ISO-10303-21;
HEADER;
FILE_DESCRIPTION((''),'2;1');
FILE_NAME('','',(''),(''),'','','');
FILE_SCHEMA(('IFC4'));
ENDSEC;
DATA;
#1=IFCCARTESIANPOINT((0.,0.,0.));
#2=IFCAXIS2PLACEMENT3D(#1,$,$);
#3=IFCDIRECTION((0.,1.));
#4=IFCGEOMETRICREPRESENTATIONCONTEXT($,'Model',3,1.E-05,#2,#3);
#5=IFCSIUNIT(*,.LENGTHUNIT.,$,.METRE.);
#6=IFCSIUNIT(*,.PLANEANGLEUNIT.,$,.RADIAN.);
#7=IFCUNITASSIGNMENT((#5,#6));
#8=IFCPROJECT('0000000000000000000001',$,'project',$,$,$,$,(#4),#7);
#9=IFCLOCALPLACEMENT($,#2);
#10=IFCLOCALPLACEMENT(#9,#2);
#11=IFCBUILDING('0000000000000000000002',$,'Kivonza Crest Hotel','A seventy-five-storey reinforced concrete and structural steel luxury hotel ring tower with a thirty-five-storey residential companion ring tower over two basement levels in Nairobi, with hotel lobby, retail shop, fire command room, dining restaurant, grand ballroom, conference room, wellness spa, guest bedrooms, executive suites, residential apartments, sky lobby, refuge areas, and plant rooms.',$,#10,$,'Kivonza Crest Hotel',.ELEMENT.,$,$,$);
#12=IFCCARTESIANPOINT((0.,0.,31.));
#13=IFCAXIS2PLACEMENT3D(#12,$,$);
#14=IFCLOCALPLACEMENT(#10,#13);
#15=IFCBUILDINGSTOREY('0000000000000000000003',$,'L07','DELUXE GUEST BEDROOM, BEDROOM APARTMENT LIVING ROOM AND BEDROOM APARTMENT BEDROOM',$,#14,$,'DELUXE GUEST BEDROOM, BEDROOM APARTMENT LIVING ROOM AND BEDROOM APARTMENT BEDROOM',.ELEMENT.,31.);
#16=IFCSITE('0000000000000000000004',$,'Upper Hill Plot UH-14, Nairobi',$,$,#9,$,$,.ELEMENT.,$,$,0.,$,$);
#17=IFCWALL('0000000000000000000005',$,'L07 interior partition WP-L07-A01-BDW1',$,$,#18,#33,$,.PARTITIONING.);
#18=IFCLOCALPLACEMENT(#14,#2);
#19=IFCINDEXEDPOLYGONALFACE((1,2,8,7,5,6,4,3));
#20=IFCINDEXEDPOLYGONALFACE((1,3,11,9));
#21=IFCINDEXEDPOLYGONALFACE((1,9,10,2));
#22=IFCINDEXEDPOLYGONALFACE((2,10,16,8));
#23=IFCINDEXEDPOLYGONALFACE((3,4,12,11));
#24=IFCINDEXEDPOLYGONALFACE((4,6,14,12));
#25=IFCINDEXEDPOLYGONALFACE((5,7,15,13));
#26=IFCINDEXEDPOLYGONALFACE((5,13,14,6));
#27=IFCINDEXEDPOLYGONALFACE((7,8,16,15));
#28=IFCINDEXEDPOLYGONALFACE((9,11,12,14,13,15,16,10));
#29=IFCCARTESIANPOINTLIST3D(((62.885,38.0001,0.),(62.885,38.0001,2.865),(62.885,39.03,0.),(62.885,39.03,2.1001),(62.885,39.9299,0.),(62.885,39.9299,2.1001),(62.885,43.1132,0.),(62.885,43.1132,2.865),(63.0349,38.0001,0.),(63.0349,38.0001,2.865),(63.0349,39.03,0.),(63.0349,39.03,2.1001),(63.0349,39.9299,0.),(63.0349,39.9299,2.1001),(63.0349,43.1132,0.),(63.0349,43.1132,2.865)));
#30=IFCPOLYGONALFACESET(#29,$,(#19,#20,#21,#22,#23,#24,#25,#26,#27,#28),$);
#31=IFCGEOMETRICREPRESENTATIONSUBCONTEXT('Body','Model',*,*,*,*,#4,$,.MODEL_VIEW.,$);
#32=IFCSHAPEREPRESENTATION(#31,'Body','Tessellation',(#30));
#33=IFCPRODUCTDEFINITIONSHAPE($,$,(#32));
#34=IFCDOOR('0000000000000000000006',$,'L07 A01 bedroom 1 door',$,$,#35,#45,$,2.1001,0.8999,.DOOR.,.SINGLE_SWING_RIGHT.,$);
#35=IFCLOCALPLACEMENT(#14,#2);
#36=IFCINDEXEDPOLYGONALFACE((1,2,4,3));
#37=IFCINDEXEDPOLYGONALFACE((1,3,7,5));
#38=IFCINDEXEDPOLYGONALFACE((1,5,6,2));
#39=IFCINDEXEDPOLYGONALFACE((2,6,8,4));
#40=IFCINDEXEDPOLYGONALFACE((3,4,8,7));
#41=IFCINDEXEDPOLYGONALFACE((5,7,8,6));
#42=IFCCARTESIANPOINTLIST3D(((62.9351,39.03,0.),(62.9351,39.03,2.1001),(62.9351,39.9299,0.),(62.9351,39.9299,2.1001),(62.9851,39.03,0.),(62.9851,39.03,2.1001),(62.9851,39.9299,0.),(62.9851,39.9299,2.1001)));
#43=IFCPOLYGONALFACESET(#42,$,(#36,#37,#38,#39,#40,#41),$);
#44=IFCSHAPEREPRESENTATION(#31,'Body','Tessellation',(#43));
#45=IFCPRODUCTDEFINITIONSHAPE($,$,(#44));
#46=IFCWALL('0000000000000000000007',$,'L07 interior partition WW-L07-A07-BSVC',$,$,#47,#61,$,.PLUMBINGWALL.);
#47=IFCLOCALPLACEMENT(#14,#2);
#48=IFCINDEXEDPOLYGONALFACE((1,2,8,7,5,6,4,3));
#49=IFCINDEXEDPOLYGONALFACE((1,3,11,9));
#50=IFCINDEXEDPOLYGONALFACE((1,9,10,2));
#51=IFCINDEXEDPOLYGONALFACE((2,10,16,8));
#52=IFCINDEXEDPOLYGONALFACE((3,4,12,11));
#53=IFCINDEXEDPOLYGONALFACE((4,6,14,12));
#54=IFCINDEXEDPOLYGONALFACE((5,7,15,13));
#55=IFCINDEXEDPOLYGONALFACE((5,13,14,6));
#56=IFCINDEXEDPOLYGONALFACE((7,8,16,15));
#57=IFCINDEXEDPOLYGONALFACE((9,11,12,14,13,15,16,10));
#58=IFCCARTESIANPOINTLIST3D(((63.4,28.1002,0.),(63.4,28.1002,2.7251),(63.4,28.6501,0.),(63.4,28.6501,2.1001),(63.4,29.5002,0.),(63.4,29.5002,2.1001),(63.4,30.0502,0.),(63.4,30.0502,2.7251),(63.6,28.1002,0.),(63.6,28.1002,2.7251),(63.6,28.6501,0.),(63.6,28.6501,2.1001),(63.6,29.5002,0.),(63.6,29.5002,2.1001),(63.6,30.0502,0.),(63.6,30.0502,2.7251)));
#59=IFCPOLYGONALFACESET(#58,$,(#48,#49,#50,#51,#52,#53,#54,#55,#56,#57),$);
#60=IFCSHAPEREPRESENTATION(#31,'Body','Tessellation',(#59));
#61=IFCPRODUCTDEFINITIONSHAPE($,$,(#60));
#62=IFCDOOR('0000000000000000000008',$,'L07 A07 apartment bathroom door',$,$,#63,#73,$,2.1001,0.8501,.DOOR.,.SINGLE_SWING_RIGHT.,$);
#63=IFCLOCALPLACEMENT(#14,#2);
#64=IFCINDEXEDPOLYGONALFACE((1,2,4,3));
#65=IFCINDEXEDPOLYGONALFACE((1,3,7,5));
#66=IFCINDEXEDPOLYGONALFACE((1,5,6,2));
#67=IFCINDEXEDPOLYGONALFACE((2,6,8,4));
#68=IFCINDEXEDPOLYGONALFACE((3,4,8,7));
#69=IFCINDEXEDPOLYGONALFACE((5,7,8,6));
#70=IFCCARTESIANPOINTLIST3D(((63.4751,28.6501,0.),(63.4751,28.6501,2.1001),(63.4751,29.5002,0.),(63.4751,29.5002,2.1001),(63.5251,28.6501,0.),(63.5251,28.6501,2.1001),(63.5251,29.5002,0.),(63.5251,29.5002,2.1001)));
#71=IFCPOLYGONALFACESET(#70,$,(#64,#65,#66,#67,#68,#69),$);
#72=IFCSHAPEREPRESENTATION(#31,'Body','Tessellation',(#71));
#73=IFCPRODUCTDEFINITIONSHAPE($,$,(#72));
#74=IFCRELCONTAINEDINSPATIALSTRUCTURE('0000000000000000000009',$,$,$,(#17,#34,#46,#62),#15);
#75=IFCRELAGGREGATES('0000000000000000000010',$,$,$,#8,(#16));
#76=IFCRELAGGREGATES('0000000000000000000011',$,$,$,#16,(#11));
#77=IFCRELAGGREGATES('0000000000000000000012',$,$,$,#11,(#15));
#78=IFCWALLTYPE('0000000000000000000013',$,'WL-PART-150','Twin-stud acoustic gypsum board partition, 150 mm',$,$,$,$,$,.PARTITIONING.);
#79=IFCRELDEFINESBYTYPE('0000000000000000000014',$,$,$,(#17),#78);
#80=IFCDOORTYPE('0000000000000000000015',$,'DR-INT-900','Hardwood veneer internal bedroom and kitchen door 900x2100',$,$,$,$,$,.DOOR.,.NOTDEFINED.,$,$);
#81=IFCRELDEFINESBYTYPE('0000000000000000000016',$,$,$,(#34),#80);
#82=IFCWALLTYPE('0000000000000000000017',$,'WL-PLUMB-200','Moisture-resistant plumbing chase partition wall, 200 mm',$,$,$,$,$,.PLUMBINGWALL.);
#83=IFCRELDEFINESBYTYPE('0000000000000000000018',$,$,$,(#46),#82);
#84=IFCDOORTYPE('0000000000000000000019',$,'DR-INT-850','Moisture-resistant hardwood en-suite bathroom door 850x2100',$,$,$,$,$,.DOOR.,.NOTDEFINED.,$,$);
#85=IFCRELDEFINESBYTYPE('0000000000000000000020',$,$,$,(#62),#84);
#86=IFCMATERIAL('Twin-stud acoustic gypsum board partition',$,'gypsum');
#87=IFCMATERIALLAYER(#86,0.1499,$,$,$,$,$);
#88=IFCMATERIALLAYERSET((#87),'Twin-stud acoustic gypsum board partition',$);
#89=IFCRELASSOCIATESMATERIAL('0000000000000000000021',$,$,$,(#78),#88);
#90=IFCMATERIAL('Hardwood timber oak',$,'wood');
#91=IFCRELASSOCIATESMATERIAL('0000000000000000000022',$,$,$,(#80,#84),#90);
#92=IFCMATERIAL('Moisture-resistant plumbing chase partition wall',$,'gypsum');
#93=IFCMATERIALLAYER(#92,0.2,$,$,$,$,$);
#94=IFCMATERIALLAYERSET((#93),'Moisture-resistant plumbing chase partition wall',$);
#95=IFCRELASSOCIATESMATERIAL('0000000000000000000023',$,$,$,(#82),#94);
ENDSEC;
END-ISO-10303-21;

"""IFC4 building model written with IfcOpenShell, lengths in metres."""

from ifc_helpers import new_model, si_unit, direction, frame, frame_2d, origin, place, context, subcontext, project, spatial, rectangle, extrude, material, layer, layer_set, type_object, element, fill, save


model = new_model("IFC4")

# Units and contexts
model_context = context("Model", 3, precision=1e-05, world=origin(), true_north=direction((0.0, 1.0)))
body_context = subcontext(model_context, "Body", "Model", "MODEL_VIEW")
ifc_project = project(units=[si_unit("LENGTHUNIT", "METRE"), si_unit("PLANEANGLEUNIT", "RADIAN")], contexts=[model_context])

# Site, building, storey
site_placement = place(None, origin())
site = spatial("IfcSite", under=ifc_project, at=site_placement, Name="Upper Hill Plot UH-14, Nairobi", CompositionType="ELEMENT", RefElevation=0.0)
building_placement = place(site_placement, origin())
building = spatial("IfcBuilding", under=site, at=building_placement, Name="Kivonza Crest Hotel", Description="A seventy-five-storey reinforced concrete and structural steel luxury hotel ring tower with a thirty-five-storey residential companion ring tower over two basement levels in Nairobi, with hotel lobby, retail shop, fire command room, dining restaurant, grand ballroom, conference room, wellness spa, guest bedrooms, executive suites, residential apartments, sky lobby, refuge areas, and plant rooms.", LongName="Kivonza Crest Hotel", CompositionType="ELEMENT")
storey_placement = place(building_placement, frame((0.0, 0.0, 31.0)))
storey = spatial("IfcBuildingStorey", under=building, at=storey_placement, Name="L07", Description="DELUXE GUEST BEDROOM, BEDROOM APARTMENT LIVING ROOM AND BEDROOM APARTMENT BEDROOM", LongName="DELUXE GUEST BEDROOM, BEDROOM APARTMENT LIVING ROOM AND BEDROOM APARTMENT BEDROOM", CompositionType="ELEMENT", Elevation=31.0)

# Walls, openings, doors
ifc_material_1 = material(Name="Twin-stud acoustic gypsum board partition", Category="gypsum")
ifc_layer_1 = layer(ifc_material_1, 0.1499)
ifc_layer_set_1 = layer_set([ifc_layer_1], Name="Twin-stud acoustic gypsum board partition")
wall_type_1 = type_object("IfcWallType", Name="WL-PART-150", Description="Twin-stud acoustic gypsum board partition, 150 mm", PredefinedType="PARTITIONING", material=ifc_layer_set_1)
wall_1_placement = place(storey_placement, frame((62.96, 38.0, 0.0), z_axis=(0.0, 0.0, 1.0), x_axis=(0.0, 1.0, 0.0)))
wall_1 = element("IfcWall", 1, at=wall_1_placement, inside=storey, type_object=wall_type_1, Name="L07 interior partition WP-L07-A01-BDW1", PredefinedType="PARTITIONING", context=body_context, shape_type="SweptSolid", body=[
    extrude(rectangle(XDim=5.113, YDim=0.1499, at=frame_2d((2.5566, 0.0))), origin(), (0.0, 0.0, 1.0), 2.865),
])
opening_1_placement = place(wall_1_placement, frame((1.03, 0.0, 0.0)))
opening_1 = element("IfcOpeningElement", 2, at=opening_1_placement, cuts=wall_1, PredefinedType="OPENING", context=body_context, shape_type="SweptSolid", body=[
    extrude(rectangle(XDim=0.8999, YDim=2.1001, at=frame_2d((0.45, 1.05))), frame((0.0, 0.085, 0.0), z_axis=(0.0, -1.0, 0.0), x_axis=(1.0, 0.0, 0.0)), (0.0, 0.0, 1.0), 0.1699),
])
ifc_material_2 = material(Name="Hardwood timber oak", Category="wood")
door_type_1 = type_object("IfcDoorType", Name="DR-INT-900", Description="Hardwood veneer internal bedroom and kitchen door 900x2100", OperationType="NOTDEFINED", PredefinedType="DOOR", material=ifc_material_2)
door_1_placement = place(opening_1_placement, origin())
door_1 = element("IfcDoor", 3, at=door_1_placement, inside=storey, type_object=door_type_1, Name="L07 A01 bedroom 1 door", OperationType="SINGLE_SWING_RIGHT", OverallHeight=2.1001, OverallWidth=0.8999, PredefinedType="DOOR", context=body_context, shape_type="SweptSolid", body=[
    extrude(rectangle(XDim=0.8999, YDim=2.1001, at=frame_2d((0.45, 1.05))), frame((0.0, 0.0249, 0.0), z_axis=(0.0, -1.0, 0.0), x_axis=(1.0, 0.0, 0.0)), (0.0, 0.0, 1.0), 0.05),
])
fill(opening_1, door_1)
ifc_material_3 = material(Name="Moisture-resistant plumbing chase partition wall", Category="gypsum")
ifc_layer_2 = layer(ifc_material_3, 0.2)
ifc_layer_set_2 = layer_set([ifc_layer_2], Name="Moisture-resistant plumbing chase partition wall")
wall_type_2 = type_object("IfcWallType", Name="WL-PLUMB-200", Description="Moisture-resistant plumbing chase partition wall, 200 mm", PredefinedType="PLUMBINGWALL", material=ifc_layer_set_2)
wall_2_placement = place(storey_placement, frame((63.5, 28.1001, 0.0), z_axis=(0.0, 0.0, 1.0), x_axis=(0.0, 1.0, 0.0)))
wall_2 = element("IfcWall", 4, at=wall_2_placement, inside=storey, type_object=wall_type_2, Name="L07 interior partition WW-L07-A07-BSVC", PredefinedType="PLUMBINGWALL", context=body_context, shape_type="SweptSolid", body=[
    extrude(rectangle(XDim=1.95, YDim=0.2, at=frame_2d((0.9751, 0.0))), origin(), (0.0, 0.0, 1.0), 2.7251),
])
opening_2_placement = place(wall_2_placement, frame((0.55, 0.0, 0.0)))
opening_2 = element("IfcOpeningElement", 5, at=opening_2_placement, cuts=wall_2, PredefinedType="OPENING", context=body_context, shape_type="SweptSolid", body=[
    extrude(rectangle(XDim=0.8501, YDim=2.1001, at=frame_2d((0.425, 1.05))), frame((0.0, 0.1099, 0.0), z_axis=(0.0, -1.0, 0.0), x_axis=(1.0, 0.0, 0.0)), (0.0, 0.0, 1.0), 0.22),
])
door_type_2 = type_object("IfcDoorType", Name="DR-INT-850", Description="Moisture-resistant hardwood en-suite bathroom door 850x2100", OperationType="NOTDEFINED", PredefinedType="DOOR", material=ifc_material_2)
door_2_placement = place(opening_2_placement, origin())
door_2 = element("IfcDoor", 6, at=door_2_placement, inside=storey, type_object=door_type_2, Name="L07 A07 apartment bathroom door", OperationType="SINGLE_SWING_RIGHT", OverallHeight=2.1001, OverallWidth=0.8501, PredefinedType="DOOR", context=body_context, shape_type="SweptSolid", body=[
    extrude(rectangle(XDim=0.8501, YDim=2.1001, at=frame_2d((0.425, 1.05))), frame((0.0, 0.0249, 0.0), z_axis=(0.0, -1.0, 0.0), x_axis=(1.0, 0.0, 0.0)), (0.0, 0.0, 1.0), 0.05),
])
fill(opening_2, door_2)

save(model, "model.ifc")
